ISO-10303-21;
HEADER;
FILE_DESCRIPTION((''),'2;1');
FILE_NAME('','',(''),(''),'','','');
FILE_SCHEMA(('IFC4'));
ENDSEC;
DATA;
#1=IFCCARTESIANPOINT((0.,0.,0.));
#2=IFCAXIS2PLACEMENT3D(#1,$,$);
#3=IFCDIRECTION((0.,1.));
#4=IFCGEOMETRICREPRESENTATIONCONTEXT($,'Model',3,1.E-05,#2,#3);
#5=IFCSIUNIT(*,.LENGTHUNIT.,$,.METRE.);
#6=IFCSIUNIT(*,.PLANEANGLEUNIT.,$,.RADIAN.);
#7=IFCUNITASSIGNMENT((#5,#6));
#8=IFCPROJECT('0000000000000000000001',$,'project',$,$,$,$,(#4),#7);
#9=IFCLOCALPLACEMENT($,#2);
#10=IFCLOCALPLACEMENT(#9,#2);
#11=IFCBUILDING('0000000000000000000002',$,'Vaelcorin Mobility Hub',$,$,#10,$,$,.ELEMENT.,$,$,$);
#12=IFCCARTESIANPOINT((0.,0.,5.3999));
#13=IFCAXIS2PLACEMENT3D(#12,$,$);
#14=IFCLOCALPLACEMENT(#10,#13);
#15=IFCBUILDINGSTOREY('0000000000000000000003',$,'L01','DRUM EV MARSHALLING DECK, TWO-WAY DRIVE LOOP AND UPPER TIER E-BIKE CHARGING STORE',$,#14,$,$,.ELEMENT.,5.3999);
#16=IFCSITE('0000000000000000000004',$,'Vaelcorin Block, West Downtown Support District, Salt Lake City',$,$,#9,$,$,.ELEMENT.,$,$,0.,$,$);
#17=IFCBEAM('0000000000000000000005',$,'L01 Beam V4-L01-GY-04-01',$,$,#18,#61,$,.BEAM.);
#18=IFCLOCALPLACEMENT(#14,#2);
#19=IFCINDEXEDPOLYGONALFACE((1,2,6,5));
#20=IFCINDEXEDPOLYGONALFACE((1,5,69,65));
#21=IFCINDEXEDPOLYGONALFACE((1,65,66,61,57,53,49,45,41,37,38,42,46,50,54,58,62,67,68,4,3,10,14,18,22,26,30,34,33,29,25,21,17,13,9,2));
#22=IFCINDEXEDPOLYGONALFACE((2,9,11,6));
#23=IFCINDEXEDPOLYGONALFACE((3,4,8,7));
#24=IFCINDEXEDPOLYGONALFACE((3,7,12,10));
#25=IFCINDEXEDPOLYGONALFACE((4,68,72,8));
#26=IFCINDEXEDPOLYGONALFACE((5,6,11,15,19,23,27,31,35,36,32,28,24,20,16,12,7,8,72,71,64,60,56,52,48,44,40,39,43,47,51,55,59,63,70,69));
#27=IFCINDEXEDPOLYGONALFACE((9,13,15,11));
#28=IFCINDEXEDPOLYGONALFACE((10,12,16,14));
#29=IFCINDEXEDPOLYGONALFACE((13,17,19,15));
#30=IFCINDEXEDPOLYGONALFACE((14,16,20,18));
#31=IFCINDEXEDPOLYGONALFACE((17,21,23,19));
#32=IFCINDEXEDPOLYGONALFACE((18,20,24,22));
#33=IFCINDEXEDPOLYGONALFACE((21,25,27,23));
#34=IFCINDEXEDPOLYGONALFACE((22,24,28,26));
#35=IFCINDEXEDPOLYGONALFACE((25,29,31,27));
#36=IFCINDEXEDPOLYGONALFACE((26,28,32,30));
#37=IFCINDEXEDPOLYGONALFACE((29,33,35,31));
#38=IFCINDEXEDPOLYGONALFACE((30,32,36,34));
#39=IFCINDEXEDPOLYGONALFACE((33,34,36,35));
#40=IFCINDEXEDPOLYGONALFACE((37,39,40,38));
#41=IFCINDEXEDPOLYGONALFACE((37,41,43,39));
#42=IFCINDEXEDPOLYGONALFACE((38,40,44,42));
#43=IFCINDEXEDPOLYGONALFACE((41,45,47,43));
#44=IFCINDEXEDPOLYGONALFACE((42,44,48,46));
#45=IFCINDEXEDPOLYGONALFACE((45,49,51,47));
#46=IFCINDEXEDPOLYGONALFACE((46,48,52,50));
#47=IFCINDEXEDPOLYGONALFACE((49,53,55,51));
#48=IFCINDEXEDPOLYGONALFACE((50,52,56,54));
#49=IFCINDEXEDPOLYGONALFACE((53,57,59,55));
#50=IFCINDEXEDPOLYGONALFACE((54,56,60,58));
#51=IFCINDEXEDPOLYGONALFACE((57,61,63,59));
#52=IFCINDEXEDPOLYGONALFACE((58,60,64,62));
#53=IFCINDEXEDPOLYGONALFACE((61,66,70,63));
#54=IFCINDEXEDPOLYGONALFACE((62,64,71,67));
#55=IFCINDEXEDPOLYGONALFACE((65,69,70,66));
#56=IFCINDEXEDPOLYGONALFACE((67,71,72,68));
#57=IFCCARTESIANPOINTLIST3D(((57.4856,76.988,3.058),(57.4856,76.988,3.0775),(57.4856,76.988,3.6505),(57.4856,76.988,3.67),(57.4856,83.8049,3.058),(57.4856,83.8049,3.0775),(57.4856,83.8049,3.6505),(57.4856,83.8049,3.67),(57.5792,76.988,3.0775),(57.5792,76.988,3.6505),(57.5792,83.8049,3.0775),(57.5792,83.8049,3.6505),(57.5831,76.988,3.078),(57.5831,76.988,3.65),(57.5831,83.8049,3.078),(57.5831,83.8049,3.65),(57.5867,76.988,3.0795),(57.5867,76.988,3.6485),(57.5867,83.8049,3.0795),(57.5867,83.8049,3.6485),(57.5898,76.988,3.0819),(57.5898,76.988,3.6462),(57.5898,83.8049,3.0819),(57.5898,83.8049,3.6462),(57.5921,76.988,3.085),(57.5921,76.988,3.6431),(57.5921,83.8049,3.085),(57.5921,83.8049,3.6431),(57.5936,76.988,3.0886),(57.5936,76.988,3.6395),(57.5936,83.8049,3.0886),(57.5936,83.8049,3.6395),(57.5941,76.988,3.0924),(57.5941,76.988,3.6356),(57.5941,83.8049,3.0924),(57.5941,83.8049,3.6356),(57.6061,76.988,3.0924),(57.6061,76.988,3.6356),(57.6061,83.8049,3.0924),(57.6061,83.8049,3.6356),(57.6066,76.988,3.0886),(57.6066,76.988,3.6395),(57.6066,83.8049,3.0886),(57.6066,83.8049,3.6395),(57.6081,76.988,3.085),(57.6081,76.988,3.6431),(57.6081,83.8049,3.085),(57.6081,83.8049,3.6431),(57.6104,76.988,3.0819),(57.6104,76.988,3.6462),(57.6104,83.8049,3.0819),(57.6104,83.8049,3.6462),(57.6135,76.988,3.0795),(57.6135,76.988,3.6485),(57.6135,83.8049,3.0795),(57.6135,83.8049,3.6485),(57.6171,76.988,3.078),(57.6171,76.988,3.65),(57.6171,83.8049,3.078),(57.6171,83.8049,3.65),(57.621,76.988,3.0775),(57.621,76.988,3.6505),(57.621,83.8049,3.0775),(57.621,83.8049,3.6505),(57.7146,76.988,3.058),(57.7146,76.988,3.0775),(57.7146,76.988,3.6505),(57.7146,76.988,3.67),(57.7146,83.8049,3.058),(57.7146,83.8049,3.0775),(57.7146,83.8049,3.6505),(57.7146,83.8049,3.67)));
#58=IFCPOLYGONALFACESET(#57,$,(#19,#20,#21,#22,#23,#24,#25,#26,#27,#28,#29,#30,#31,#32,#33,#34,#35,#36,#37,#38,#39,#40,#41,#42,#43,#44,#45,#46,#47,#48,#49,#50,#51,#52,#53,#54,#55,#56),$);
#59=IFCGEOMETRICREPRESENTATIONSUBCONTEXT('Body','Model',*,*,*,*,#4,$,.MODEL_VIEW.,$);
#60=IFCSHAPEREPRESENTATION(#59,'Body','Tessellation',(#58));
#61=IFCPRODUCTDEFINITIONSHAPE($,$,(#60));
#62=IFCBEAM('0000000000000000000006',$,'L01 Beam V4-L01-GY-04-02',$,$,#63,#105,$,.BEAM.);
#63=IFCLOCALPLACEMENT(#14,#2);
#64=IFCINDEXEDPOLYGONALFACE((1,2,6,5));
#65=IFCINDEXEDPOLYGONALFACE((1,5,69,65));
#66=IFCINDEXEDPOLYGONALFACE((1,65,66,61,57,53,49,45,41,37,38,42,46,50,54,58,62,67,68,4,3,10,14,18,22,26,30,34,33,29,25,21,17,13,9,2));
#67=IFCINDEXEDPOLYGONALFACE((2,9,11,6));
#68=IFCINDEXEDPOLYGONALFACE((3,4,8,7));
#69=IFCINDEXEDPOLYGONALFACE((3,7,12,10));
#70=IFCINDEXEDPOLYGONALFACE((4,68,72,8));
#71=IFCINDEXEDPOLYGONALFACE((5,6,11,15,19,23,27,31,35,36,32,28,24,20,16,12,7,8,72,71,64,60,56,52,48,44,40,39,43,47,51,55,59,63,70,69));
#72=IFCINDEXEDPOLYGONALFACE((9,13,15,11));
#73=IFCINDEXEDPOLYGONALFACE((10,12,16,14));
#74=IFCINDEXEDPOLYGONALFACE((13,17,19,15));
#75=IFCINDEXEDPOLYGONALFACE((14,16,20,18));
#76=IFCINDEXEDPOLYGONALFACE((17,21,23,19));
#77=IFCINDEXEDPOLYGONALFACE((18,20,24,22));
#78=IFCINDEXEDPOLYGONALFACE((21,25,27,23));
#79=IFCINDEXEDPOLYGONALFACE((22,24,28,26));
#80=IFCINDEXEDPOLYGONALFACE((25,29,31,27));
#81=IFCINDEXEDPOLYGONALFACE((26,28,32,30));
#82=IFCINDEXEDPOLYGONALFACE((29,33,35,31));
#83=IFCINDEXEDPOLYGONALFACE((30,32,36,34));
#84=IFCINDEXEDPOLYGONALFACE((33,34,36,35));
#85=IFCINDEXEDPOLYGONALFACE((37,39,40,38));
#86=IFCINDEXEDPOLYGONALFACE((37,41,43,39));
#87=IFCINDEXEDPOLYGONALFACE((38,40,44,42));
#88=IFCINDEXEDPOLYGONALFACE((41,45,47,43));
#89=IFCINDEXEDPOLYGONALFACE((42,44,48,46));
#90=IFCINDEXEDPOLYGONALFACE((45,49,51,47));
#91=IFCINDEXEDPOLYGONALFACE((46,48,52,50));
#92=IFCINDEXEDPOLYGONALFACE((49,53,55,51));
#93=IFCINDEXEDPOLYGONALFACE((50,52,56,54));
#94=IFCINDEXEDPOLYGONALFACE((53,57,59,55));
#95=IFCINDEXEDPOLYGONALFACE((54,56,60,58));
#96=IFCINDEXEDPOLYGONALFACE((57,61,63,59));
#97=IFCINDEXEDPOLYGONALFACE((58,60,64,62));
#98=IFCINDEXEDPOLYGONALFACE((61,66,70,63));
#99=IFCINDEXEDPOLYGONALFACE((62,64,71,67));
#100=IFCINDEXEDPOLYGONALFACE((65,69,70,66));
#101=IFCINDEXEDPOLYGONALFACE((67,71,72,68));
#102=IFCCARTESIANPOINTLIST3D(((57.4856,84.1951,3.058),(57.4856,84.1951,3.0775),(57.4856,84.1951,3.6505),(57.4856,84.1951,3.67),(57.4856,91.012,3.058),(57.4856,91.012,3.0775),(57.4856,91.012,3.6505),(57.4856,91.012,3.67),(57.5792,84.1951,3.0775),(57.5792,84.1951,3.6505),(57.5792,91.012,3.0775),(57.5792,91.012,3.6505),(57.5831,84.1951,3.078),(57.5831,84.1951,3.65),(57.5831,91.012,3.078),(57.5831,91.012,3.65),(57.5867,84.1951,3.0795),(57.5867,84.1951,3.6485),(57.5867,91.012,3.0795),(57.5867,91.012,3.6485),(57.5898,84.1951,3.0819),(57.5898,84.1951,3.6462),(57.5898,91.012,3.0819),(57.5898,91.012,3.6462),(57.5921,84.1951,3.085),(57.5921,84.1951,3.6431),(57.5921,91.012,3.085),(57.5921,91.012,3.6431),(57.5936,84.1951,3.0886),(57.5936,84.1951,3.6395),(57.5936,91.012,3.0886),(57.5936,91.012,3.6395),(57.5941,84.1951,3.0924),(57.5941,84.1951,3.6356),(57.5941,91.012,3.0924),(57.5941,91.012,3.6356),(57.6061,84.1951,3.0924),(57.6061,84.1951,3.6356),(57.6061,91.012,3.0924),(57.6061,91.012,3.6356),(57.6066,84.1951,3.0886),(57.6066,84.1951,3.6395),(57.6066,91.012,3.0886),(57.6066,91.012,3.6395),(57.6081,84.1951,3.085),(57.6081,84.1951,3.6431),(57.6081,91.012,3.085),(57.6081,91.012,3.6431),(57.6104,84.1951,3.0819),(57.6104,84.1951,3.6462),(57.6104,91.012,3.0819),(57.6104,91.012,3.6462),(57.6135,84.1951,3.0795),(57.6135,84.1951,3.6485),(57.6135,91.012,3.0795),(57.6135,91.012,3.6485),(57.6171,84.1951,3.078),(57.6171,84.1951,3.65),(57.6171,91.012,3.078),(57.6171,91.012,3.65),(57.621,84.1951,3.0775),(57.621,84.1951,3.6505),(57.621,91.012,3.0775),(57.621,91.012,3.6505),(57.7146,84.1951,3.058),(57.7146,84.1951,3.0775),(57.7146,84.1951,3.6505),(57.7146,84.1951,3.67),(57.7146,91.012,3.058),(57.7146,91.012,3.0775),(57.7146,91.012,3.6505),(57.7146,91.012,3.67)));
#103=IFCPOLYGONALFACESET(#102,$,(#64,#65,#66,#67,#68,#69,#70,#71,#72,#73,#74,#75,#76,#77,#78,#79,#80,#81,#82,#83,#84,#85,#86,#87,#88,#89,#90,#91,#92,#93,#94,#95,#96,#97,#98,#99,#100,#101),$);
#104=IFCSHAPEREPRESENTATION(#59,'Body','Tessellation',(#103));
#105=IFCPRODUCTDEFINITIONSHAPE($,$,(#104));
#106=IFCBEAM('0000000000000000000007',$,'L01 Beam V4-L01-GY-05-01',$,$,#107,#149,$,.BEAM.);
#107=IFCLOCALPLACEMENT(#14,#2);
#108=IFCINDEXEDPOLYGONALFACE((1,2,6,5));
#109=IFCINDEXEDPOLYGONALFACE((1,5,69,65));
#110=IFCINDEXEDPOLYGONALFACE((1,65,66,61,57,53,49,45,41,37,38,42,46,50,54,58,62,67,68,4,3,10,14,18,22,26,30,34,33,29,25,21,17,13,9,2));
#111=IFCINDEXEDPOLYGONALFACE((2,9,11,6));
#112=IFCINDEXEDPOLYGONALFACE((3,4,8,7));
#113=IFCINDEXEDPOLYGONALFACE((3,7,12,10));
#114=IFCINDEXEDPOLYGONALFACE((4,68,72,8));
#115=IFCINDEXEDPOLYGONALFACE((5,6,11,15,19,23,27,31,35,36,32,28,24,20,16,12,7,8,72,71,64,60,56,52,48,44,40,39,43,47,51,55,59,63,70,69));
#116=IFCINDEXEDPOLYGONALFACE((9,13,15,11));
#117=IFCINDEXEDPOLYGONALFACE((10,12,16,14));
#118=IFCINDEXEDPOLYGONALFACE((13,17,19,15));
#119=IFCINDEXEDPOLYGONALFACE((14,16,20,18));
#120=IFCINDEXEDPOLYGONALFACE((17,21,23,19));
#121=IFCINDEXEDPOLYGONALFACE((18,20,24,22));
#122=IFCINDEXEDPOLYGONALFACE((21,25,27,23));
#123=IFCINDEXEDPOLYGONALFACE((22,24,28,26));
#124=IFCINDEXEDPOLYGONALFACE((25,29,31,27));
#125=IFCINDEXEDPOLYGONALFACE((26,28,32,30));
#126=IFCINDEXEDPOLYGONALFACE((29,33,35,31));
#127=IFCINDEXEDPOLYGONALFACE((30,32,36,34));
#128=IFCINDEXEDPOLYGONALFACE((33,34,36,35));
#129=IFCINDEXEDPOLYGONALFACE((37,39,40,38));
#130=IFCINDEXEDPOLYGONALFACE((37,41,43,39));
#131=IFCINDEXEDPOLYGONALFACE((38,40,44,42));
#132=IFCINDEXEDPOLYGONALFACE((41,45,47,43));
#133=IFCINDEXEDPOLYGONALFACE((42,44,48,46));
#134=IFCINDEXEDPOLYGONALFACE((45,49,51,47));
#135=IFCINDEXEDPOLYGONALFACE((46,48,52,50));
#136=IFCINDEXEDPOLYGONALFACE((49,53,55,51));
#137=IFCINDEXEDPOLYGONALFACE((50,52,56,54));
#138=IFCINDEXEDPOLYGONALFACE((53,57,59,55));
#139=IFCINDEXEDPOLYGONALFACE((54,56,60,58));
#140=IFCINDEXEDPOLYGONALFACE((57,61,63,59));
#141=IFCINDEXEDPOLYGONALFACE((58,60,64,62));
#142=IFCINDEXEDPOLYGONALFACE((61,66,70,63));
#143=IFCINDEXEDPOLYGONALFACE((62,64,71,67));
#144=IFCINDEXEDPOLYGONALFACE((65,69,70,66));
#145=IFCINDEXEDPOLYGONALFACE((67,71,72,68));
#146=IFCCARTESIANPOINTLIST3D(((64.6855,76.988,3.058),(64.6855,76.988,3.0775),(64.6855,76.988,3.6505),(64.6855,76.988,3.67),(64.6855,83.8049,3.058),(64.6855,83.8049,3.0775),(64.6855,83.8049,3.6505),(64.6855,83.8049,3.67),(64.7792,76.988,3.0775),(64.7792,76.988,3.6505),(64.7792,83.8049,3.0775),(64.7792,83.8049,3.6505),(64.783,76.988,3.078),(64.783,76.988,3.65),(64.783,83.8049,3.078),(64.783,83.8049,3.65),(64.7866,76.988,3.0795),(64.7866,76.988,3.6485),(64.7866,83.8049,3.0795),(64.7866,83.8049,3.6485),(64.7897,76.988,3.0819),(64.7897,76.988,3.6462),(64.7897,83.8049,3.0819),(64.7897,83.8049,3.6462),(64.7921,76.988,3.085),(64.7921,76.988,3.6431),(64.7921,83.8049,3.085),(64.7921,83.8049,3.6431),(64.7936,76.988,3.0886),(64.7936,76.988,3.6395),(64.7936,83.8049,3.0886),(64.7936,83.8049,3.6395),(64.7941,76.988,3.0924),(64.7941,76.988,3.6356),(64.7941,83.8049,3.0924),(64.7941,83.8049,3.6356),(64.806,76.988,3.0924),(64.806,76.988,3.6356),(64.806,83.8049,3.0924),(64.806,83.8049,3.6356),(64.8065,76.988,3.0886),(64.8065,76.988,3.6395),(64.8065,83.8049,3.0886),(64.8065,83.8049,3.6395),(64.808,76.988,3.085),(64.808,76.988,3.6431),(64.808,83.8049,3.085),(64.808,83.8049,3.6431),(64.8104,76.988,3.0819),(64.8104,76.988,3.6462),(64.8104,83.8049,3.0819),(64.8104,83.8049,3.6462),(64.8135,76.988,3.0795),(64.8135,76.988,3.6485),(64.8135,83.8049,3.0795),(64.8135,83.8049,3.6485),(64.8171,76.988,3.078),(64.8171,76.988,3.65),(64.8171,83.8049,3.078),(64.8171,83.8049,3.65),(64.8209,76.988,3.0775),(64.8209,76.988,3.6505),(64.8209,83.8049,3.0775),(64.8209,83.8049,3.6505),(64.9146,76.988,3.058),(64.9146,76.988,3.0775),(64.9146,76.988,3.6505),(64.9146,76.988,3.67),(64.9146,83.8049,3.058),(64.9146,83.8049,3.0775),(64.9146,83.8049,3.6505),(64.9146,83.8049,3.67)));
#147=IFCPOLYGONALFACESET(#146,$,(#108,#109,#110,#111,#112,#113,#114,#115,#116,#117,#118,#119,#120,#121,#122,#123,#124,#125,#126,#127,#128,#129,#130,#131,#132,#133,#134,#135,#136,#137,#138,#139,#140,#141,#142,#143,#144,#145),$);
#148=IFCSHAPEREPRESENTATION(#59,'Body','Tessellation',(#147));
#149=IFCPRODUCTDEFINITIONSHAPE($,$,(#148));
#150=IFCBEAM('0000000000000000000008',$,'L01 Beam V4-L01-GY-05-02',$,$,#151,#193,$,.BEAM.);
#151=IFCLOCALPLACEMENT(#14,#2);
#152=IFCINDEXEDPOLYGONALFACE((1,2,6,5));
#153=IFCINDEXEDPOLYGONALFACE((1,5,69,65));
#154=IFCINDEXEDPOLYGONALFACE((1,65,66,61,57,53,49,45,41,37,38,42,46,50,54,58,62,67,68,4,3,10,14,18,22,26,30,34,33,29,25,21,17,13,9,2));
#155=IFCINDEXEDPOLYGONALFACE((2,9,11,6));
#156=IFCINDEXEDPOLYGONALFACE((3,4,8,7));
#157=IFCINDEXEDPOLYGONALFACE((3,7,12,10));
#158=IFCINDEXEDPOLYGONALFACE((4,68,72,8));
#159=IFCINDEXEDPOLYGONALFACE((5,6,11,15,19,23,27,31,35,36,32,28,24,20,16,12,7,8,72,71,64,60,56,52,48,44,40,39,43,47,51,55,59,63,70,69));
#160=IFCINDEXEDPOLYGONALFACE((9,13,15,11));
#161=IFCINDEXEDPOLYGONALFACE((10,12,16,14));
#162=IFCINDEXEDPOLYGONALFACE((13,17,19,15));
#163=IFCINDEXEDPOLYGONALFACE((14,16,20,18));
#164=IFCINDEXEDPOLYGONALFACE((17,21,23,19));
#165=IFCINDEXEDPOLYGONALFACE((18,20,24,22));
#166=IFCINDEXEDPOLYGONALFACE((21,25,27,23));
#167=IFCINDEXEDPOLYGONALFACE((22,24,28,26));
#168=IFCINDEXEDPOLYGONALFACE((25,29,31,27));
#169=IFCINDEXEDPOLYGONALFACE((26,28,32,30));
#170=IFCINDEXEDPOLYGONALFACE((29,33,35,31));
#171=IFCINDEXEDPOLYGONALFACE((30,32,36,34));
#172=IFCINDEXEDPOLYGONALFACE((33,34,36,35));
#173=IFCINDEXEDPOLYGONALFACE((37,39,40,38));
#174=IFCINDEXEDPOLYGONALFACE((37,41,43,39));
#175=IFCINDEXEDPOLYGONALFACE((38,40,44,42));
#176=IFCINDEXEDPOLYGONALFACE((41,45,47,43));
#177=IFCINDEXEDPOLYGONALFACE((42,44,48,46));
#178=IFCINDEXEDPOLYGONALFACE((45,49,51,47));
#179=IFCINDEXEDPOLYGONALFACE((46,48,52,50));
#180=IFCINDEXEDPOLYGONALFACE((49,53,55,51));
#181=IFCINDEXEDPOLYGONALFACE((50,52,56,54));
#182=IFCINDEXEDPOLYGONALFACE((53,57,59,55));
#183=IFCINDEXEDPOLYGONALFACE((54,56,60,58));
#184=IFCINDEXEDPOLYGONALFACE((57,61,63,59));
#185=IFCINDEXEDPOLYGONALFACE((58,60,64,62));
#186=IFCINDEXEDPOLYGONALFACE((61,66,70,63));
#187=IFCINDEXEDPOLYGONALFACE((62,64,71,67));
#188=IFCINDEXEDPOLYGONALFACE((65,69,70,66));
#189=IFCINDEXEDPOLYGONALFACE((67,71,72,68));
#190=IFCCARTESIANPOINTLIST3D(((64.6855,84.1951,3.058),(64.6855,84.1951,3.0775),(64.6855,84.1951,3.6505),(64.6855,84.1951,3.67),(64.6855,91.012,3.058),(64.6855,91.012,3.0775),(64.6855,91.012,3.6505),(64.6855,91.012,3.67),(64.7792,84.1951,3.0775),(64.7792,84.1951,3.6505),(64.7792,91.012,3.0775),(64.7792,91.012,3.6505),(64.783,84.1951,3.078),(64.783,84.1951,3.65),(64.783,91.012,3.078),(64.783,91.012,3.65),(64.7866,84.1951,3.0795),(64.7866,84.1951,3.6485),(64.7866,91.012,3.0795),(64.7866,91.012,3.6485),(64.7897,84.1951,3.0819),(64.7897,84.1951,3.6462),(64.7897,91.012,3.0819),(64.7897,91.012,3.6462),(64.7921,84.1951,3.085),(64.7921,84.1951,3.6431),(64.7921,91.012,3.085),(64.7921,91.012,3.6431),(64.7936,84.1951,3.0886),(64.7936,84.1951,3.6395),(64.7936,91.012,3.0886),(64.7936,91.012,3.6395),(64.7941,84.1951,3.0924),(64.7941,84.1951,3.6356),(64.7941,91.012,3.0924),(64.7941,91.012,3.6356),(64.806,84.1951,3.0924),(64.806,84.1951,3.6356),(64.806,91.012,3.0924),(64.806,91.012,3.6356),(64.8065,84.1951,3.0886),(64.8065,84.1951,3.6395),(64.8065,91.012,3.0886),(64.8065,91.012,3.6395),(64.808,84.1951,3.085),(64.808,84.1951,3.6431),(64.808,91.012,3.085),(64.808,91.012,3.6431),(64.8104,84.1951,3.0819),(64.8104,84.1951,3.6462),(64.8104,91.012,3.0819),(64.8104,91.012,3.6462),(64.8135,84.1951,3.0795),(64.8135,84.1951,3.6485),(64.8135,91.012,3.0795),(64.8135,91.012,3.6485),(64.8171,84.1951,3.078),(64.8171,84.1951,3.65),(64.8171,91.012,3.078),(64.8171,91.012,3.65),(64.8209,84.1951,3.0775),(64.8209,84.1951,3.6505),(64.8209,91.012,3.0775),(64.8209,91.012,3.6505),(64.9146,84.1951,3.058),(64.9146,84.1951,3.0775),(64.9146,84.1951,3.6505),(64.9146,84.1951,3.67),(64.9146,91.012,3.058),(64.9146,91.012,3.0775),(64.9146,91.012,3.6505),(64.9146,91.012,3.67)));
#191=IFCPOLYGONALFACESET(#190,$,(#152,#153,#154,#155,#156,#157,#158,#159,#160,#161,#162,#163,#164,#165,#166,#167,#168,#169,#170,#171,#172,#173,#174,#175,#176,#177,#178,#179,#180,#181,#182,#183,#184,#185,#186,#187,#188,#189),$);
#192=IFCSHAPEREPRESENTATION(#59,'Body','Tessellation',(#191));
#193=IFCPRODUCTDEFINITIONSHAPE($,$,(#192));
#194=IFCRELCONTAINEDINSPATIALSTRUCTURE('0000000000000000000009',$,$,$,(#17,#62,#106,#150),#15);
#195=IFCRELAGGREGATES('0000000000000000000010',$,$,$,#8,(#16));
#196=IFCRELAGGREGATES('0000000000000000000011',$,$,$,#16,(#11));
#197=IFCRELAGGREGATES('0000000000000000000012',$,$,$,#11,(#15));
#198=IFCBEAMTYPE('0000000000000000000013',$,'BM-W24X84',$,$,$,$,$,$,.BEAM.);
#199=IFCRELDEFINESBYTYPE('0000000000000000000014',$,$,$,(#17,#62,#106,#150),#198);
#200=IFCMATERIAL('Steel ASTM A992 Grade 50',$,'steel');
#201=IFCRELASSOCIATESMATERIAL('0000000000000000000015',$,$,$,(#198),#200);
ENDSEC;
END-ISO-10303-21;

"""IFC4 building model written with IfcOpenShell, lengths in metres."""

from ifc_helpers import new_model, si_unit, direction, frame, origin, origin_2d, place, context, subcontext, project, spatial, i_section, extrude, material, material_profile, profile_set, type_object, element, save


model = new_model("IFC4")

# Units and contexts
model_context = context("Model", 3, precision=1e-05, world=origin(), true_north=direction((0.0, 1.0)))
body_context = subcontext(model_context, "Body", "Model", "MODEL_VIEW")
ifc_project = project(units=[si_unit("LENGTHUNIT", "METRE"), si_unit("PLANEANGLEUNIT", "RADIAN")], contexts=[model_context])

# Site, building, storey
site_placement = place(None, origin())
site = spatial("IfcSite", under=ifc_project, at=site_placement, Name="Vaelcorin Block, West Downtown Support District, Salt Lake City", CompositionType="ELEMENT", RefElevation=0.0)
building_placement = place(site_placement, origin())
building = spatial("IfcBuilding", under=site, at=building_placement, Name="Vaelcorin Mobility Hub", CompositionType="ELEMENT")
storey_placement = place(building_placement, frame((0.0, 0.0, 5.3999)))
storey = spatial("IfcBuildingStorey", under=building, at=storey_placement, Name="L01", Description="DRUM EV MARSHALLING DECK, TWO-WAY DRIVE LOOP AND UPPER TIER E-BIKE CHARGING STORE", CompositionType="ELEMENT", Elevation=5.3999)

# Shared definitions
ifc_material_1 = material(Name="Steel ASTM A992 Grade 50", Category="steel")

# Beams
ifc_material_profile_1 = material_profile(ifc_material_1, i_section(OverallWidth=0.229, OverallDepth=0.6121, WebThickness=0.012, FlangeThickness=0.0195, FilletRadius=0.0149, at=origin_2d()), Name="W24X84")
ifc_profile_set_1 = profile_set([ifc_material_profile_1], Name="Steel ASTM A992 Grade 50")
beam_type_1 = type_object("IfcBeamType", Name="BM-W24X84", PredefinedType="BEAM", material=ifc_profile_set_1)
for number, where, z_axis, x_axis, name in (
    (1, (57.6001, 76.988, 3.364), (0.0, 1.0, 0.0), (-1.0, 0.0, 0.0), "L01 Beam V4-L01-GY-04-01"),
    (2, (57.6001, 84.1951, 3.364), (0.0, 1.0, 0.0), (-1.0, 0.0, 0.0), "L01 Beam V4-L01-GY-04-02"),
    (3, (64.8, 76.988, 3.364), (0.0, 1.0, 0.0), (-1.0, 0.0, 0.0), "L01 Beam V4-L01-GY-05-01"),
    (4, (64.8, 84.1951, 3.364), (0.0, 1.0, 0.0), (-1.0, 0.0, 0.0), "L01 Beam V4-L01-GY-05-02"),
):
    element("IfcBeam", number, at=place(storey_placement, frame(where, z_axis=z_axis, x_axis=x_axis)), inside=storey, type_object=beam_type_1, Name=name, PredefinedType="BEAM", context=body_context, shape_type="SweptSolid", body=[
        extrude(i_section(OverallWidth=0.229, OverallDepth=0.6121, WebThickness=0.012, FlangeThickness=0.0195, FilletRadius=0.0149, at=origin_2d()), origin(), (0.0, 0.0, 1.0), 6.8169),
    ])

save(model, "model.ifc")
